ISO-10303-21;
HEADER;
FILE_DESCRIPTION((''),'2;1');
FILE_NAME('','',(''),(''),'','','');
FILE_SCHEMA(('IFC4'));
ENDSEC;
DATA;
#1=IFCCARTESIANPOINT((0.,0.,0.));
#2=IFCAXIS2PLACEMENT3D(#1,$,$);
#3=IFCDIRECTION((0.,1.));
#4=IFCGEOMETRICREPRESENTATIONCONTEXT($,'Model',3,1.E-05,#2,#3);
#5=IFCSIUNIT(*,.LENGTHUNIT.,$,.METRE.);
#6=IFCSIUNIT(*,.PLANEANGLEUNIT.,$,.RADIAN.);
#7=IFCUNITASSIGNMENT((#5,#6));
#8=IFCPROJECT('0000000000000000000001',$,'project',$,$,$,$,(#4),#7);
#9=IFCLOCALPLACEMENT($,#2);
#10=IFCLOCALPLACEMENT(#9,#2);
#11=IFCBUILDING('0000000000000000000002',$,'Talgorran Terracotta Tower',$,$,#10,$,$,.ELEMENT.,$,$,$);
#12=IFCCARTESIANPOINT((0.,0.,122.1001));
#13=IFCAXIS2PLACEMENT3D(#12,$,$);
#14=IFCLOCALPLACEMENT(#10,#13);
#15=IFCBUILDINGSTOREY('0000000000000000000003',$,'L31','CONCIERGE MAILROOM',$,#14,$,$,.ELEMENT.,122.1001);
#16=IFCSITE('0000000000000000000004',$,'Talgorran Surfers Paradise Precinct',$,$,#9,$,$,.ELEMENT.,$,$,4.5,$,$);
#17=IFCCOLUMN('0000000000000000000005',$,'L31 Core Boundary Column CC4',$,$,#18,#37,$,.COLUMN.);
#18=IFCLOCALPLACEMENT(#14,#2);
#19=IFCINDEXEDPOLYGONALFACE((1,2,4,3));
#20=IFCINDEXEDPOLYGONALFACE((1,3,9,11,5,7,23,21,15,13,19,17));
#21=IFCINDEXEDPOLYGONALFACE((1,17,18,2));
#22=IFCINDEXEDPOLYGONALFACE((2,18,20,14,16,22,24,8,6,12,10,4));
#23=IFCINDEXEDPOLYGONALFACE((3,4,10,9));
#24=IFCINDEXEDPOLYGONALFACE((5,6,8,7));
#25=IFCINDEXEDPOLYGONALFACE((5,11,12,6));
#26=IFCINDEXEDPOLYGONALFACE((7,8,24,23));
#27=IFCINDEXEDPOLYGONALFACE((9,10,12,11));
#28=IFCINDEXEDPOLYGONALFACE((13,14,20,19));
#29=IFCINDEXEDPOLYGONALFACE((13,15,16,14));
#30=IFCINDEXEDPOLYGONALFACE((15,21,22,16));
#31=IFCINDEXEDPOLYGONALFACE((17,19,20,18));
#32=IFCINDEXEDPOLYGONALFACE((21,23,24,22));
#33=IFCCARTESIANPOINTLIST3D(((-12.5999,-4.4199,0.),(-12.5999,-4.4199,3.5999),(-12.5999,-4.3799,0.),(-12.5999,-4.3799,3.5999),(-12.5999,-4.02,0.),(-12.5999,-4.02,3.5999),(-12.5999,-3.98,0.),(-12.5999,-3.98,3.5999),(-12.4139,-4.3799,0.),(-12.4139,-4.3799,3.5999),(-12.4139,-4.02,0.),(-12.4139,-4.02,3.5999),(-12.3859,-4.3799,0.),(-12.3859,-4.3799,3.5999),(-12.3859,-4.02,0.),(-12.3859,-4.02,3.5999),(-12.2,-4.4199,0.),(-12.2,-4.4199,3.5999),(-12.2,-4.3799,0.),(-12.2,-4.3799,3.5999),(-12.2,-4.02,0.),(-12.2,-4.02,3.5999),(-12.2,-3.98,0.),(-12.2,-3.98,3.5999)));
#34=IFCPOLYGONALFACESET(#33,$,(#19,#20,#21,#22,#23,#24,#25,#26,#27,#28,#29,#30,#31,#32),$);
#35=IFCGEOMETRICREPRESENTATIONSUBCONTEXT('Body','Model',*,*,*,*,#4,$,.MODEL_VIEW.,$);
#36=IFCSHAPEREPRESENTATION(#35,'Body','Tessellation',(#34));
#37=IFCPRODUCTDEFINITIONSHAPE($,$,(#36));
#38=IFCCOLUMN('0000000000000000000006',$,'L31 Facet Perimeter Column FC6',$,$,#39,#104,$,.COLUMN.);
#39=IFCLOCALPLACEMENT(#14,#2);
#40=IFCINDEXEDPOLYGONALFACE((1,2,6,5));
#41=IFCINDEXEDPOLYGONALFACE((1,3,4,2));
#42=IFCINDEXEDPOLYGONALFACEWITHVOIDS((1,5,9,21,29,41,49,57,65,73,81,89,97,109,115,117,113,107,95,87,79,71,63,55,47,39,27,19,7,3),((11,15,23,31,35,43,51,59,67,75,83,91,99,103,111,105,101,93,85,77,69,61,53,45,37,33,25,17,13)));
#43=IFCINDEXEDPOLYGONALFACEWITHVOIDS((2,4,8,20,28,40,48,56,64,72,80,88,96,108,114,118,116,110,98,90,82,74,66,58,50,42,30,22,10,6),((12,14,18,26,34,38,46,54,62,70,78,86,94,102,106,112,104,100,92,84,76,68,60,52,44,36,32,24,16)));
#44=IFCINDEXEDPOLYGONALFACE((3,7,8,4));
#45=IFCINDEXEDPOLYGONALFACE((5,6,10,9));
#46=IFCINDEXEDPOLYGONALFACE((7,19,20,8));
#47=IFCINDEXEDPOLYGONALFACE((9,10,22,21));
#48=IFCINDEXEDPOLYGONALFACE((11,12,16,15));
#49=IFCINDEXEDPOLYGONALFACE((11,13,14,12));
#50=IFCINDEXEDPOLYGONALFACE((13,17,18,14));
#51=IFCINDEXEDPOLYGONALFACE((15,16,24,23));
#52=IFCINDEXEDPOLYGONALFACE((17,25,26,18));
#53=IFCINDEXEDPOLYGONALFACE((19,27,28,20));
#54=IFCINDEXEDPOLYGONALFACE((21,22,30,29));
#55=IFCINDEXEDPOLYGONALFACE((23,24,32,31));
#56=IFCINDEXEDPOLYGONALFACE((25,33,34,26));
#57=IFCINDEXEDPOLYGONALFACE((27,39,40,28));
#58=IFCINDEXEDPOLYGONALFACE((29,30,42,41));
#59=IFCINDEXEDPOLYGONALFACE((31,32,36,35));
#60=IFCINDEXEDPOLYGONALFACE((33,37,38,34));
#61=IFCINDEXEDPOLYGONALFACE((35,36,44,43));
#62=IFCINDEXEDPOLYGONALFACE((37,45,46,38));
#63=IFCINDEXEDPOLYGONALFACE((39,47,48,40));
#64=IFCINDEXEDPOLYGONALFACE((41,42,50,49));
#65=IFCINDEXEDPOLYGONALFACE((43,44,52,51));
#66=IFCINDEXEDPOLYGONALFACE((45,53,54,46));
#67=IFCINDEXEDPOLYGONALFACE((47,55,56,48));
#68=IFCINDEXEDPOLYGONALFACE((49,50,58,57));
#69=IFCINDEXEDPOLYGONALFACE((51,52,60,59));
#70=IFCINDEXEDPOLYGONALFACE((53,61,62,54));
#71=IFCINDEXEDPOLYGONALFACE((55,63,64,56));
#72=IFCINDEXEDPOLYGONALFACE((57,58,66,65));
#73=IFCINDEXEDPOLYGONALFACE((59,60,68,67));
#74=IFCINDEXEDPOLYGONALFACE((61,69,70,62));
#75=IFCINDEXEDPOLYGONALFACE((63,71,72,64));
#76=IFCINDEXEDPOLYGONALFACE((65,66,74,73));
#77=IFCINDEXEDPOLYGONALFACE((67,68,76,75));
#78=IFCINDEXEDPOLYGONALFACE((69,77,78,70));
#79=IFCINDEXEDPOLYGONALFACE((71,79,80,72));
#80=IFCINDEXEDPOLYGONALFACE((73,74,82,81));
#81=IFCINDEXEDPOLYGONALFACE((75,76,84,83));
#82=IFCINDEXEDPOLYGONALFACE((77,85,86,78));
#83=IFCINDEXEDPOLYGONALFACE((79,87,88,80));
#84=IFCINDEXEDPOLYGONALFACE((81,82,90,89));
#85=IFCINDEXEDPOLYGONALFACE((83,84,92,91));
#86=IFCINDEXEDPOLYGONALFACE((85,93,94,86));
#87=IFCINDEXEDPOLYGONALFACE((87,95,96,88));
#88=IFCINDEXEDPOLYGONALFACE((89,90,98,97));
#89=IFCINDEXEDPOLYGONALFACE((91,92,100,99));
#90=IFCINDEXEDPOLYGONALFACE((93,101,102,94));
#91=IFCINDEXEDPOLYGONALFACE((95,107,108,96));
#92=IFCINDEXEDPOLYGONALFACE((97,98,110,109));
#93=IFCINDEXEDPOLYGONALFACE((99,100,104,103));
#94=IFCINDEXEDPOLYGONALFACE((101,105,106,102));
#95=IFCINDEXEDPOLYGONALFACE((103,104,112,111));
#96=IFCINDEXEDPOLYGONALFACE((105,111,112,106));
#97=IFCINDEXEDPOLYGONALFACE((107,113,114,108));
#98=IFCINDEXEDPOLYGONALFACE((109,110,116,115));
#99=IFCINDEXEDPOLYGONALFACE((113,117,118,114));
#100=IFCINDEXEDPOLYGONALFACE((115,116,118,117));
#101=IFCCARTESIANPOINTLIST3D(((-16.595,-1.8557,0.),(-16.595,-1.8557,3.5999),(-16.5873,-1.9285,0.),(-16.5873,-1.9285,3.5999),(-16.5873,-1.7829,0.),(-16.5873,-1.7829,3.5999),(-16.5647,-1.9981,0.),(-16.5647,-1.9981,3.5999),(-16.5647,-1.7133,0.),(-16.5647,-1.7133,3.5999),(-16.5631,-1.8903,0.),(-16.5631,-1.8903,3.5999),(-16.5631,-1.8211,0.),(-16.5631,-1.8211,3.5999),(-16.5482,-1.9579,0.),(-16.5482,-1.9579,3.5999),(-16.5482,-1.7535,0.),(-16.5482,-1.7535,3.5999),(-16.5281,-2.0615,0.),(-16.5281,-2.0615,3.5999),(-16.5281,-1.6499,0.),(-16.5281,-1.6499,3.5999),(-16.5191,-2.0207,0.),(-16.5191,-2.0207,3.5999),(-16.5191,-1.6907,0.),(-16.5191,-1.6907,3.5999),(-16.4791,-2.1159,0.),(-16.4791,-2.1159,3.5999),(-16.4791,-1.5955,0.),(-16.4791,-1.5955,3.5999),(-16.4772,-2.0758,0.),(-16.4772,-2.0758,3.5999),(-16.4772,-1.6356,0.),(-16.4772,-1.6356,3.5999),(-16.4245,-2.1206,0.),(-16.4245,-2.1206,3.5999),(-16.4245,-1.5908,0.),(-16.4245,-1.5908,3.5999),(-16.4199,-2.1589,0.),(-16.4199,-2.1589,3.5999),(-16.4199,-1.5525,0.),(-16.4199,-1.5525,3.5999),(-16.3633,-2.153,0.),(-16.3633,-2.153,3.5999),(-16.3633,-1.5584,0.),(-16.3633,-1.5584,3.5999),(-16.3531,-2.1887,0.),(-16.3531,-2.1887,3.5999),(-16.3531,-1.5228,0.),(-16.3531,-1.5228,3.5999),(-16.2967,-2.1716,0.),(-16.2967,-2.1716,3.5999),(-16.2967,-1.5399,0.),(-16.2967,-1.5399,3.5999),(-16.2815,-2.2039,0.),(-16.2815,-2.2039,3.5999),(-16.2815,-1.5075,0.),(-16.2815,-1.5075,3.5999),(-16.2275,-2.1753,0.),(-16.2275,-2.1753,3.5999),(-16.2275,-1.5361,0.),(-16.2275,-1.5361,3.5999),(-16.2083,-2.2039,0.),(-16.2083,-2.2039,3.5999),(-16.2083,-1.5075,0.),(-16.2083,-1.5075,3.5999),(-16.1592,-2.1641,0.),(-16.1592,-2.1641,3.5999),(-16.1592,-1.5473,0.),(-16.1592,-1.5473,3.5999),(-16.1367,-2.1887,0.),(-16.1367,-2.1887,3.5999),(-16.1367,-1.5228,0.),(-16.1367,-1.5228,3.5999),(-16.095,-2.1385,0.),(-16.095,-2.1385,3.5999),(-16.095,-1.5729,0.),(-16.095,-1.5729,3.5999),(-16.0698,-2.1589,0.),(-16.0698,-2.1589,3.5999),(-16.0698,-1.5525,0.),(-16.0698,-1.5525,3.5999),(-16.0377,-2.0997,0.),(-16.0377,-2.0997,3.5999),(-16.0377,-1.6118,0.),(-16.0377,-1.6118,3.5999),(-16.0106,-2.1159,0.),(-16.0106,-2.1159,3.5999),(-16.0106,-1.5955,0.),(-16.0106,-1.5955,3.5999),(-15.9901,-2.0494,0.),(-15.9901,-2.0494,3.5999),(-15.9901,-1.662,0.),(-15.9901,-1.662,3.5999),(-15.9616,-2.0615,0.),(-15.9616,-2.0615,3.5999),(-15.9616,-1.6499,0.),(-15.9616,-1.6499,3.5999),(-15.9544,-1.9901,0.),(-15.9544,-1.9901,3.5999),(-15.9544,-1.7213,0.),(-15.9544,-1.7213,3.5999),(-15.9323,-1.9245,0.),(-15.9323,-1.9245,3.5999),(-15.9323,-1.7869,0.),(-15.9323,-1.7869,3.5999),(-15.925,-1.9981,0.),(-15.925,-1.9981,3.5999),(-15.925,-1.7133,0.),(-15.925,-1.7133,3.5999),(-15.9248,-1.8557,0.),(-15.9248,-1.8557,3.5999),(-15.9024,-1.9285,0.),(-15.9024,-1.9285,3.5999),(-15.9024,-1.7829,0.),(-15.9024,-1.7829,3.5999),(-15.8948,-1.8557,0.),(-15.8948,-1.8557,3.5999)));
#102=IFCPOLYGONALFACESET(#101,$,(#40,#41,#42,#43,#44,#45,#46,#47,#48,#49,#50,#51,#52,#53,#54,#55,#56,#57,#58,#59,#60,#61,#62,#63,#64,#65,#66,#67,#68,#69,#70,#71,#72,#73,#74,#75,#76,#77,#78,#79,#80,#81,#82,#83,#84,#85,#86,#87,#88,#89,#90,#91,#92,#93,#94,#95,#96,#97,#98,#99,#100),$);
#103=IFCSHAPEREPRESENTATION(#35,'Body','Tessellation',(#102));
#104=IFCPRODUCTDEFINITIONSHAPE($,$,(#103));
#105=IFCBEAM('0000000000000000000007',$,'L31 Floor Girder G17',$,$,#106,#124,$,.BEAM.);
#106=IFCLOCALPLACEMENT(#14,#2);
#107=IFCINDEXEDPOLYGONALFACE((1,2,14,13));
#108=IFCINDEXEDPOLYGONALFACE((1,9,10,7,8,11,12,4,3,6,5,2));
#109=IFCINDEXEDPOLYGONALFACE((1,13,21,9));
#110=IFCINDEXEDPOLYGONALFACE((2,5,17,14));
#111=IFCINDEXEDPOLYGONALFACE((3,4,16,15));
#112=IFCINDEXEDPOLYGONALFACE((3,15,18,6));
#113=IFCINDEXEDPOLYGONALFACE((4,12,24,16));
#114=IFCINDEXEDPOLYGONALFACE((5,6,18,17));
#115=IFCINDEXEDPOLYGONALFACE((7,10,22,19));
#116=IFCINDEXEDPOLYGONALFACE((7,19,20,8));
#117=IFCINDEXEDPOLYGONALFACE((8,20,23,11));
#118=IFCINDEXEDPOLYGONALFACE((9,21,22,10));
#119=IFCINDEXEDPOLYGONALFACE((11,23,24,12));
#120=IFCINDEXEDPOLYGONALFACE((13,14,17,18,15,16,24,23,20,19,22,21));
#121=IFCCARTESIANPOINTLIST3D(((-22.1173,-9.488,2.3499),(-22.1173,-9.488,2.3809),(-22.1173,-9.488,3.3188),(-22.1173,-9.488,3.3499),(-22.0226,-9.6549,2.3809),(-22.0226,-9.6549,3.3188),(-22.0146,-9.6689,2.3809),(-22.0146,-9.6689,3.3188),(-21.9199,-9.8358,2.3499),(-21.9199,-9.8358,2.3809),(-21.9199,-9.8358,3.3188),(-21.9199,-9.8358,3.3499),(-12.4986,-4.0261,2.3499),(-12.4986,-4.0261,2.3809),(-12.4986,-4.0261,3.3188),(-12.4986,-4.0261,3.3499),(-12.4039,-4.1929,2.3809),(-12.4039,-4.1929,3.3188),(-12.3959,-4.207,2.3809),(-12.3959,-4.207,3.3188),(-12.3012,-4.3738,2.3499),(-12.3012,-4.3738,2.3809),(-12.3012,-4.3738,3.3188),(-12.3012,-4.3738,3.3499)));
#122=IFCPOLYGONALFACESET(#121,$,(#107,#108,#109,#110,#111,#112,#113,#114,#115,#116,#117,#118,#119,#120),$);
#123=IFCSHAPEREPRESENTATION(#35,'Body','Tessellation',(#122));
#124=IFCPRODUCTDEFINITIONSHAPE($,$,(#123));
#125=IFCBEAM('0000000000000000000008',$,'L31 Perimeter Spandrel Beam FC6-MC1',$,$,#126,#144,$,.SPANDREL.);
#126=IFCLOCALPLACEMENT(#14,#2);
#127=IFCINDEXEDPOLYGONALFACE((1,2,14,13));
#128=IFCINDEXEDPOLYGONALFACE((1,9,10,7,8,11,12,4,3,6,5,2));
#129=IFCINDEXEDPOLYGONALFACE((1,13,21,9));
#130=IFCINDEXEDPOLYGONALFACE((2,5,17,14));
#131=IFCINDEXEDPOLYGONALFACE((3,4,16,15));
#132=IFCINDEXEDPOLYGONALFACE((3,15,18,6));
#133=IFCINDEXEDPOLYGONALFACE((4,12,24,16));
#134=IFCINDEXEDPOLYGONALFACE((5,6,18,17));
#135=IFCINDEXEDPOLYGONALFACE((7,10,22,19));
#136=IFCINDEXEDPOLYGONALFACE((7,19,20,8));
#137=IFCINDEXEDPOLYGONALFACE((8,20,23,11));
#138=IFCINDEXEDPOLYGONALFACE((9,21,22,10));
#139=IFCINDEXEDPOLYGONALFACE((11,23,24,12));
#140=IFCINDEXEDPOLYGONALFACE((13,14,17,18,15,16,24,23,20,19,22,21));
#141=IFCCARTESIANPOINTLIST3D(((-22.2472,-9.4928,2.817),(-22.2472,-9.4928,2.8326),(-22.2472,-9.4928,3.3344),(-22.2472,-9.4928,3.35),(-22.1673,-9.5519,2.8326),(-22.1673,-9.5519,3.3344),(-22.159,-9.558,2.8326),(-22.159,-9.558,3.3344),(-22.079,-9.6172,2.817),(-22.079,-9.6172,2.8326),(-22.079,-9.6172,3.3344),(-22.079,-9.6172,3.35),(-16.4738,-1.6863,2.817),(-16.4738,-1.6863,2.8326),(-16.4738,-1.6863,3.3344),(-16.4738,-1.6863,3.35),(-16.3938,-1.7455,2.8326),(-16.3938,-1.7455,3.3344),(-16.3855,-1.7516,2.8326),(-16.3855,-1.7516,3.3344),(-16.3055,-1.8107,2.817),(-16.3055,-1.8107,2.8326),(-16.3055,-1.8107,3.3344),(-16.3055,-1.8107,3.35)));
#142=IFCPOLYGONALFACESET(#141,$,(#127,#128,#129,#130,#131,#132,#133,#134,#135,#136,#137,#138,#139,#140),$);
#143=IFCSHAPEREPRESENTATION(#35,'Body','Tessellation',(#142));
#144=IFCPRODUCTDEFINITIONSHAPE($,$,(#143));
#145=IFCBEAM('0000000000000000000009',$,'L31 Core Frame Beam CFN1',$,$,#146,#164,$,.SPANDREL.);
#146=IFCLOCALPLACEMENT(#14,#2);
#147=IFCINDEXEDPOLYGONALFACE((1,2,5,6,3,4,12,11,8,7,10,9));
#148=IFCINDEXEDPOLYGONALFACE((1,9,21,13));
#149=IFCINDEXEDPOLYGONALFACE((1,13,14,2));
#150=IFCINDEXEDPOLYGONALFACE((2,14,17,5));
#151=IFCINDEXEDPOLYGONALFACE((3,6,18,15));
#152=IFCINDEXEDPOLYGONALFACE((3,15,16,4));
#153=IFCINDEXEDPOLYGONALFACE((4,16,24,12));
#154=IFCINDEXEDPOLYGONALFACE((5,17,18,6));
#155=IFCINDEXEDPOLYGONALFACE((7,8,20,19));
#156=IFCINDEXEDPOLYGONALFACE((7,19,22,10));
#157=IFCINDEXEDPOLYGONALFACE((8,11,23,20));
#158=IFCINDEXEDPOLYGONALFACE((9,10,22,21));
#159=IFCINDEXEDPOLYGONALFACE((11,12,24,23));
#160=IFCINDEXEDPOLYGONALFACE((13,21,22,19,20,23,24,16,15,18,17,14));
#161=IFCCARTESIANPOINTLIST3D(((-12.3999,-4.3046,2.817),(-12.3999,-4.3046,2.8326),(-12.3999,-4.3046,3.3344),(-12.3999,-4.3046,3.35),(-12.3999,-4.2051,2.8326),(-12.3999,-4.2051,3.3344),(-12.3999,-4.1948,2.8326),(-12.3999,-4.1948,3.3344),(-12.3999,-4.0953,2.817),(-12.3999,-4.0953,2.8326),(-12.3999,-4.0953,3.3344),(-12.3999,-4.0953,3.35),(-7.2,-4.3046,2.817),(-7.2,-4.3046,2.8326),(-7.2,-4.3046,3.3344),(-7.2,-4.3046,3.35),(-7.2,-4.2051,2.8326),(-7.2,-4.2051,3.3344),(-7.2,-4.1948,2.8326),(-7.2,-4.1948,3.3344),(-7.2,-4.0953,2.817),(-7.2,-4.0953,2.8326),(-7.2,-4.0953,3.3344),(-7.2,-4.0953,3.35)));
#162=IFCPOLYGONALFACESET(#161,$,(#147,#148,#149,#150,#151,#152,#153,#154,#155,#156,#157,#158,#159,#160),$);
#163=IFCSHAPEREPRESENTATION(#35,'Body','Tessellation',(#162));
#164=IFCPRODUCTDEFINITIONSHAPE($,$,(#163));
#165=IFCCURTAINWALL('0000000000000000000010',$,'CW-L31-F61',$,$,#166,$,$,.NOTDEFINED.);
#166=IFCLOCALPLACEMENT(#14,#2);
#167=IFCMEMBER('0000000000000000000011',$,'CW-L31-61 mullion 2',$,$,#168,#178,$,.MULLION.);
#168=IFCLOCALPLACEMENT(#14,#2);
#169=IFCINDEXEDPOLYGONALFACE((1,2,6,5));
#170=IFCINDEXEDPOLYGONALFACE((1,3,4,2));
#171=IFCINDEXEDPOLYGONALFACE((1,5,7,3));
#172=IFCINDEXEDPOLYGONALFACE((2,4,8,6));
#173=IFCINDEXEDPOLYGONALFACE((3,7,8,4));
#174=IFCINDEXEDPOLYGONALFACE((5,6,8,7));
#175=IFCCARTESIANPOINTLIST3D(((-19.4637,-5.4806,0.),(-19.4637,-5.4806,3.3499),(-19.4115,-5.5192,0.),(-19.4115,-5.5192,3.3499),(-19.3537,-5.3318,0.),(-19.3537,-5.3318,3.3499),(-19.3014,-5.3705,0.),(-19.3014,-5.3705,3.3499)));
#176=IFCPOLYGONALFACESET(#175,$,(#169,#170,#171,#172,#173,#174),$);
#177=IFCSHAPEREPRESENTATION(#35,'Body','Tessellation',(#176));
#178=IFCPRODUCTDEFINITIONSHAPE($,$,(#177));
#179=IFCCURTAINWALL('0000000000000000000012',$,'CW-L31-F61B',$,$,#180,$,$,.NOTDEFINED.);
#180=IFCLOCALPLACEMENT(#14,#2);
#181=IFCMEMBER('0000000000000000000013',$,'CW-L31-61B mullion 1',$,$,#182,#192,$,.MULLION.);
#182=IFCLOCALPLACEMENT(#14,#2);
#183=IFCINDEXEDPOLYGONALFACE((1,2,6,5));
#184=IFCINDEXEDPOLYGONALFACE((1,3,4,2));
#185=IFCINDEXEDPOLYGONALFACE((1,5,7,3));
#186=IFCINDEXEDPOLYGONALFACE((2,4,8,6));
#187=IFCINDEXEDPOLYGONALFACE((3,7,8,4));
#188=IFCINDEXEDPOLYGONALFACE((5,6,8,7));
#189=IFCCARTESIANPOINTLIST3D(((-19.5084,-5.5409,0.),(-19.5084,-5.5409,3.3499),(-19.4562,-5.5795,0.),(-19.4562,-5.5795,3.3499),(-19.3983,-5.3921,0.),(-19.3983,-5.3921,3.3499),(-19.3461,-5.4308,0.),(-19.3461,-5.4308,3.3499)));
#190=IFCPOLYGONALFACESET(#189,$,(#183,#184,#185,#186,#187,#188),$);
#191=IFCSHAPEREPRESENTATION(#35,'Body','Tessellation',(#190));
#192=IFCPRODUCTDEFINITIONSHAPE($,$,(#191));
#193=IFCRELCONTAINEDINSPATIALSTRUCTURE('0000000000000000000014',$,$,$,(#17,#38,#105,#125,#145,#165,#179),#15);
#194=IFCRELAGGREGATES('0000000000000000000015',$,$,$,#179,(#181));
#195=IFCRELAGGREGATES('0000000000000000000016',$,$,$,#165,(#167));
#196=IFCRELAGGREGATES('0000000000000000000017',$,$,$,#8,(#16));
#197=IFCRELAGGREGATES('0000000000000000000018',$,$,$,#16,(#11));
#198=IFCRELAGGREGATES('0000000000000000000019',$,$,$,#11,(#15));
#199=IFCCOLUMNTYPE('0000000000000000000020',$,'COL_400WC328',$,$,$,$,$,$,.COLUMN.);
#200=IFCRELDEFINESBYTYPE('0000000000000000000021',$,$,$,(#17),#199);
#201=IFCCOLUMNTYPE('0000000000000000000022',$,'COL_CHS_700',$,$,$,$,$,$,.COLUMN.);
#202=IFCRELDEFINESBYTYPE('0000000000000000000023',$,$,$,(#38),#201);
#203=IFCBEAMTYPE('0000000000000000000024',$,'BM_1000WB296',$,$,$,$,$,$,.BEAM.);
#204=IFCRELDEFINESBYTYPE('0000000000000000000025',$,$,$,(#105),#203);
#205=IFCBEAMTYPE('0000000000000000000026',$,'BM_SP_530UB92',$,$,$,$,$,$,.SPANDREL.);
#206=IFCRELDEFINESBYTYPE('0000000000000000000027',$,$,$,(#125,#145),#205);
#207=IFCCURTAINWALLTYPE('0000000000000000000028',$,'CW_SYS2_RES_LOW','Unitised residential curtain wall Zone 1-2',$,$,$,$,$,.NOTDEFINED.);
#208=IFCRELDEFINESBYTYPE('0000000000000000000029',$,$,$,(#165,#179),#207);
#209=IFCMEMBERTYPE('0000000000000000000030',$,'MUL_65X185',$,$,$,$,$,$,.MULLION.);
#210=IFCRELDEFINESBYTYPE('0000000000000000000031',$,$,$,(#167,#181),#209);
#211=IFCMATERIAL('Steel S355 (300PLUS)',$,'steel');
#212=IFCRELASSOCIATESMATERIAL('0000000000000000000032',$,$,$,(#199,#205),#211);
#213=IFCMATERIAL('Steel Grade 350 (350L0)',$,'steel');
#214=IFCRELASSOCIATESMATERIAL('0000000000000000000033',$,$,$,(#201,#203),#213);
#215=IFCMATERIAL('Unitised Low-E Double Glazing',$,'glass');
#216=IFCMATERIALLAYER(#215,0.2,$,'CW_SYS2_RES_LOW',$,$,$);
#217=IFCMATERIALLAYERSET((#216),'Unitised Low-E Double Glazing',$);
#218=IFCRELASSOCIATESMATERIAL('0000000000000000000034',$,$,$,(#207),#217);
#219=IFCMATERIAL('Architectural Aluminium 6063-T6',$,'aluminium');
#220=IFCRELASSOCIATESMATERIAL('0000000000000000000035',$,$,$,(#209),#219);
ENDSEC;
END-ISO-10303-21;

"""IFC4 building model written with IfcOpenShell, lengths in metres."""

from ifc_helpers import new_model, si_unit, direction, frame, origin, origin_2d, place, context, subcontext, project, spatial, rectangle, hollow_circle, i_section, extrude, material, layer, layer_set, material_profile, profile_set, type_object, element, aggregate, save


model = new_model("IFC4")

# Units and contexts
model_context = context("Model", 3, precision=1e-05, world=origin(), true_north=direction((0.0, 1.0)))
body_context = subcontext(model_context, "Body", "Model", "MODEL_VIEW")
ifc_project = project(units=[si_unit("LENGTHUNIT", "METRE"), si_unit("PLANEANGLEUNIT", "RADIAN")], contexts=[model_context])

# Site, building, storey
site_placement = place(None, origin())
site = spatial("IfcSite", under=ifc_project, at=site_placement, Name="Talgorran Surfers Paradise Precinct", CompositionType="ELEMENT", RefElevation=4.5)
building_placement = place(site_placement, origin())
building = spatial("IfcBuilding", under=site, at=building_placement, Name="Talgorran Terracotta Tower", CompositionType="ELEMENT")
storey_placement = place(building_placement, frame((0.0, 0.0, 122.1001)))
storey = spatial("IfcBuildingStorey", under=building, at=storey_placement, Name="L31", Description="CONCIERGE MAILROOM", CompositionType="ELEMENT", Elevation=122.1001)

# Columns
ifc_material_1 = material(Name="Steel S355 (300PLUS)", Category="steel")
ifc_material_profile_1 = material_profile(ifc_material_1, i_section(OverallWidth=0.3999, OverallDepth=0.4399, WebThickness=0.0281, FlangeThickness=0.04, at=origin_2d()), Name="400WC328")
ifc_profile_set_1 = profile_set([ifc_material_profile_1], Name="Steel S355 (300PLUS)")
column_type_1 = type_object("IfcColumnType", Name="COL_400WC328", PredefinedType="COLUMN", material=ifc_profile_set_1)
column_1_placement = place(storey_placement, frame((-12.3999, -4.2, 0.0), z_axis=(0.0, 0.0, 1.0), x_axis=(1.0, 0.0, 0.0)))
element("IfcColumn", 1, at=column_1_placement, inside=storey, type_object=column_type_1, Name="L31 Core Boundary Column CC4", PredefinedType="COLUMN", context=body_context, shape_type="SweptSolid", body=[
    extrude(i_section(OverallWidth=0.3999, OverallDepth=0.4399, WebThickness=0.0281, FlangeThickness=0.04, at=origin_2d()), origin(), (0.0, 0.0, 1.0), 3.5999),
])
ifc_material_2 = material(Name="Steel Grade 350 (350L0)", Category="steel")
ifc_material_profile_2 = material_profile(ifc_material_2, hollow_circle(Radius=0.3501, WallThickness=0.03, at=origin_2d()), Name="CHS700X30")
ifc_profile_set_2 = profile_set([ifc_material_profile_2], Name="Steel Grade 350 (350L0)")
column_type_2 = type_object("IfcColumnType", Name="COL_CHS_700", PredefinedType="COLUMN", material=ifc_profile_set_2)
column_2_placement = place(storey_placement, frame((-16.2449, -1.8557, 0.0), z_axis=(0.0, 0.0, 1.0), x_axis=(1.0, 0.0, 0.0)))
element("IfcColumn", 2, at=column_2_placement, inside=storey, type_object=column_type_2, Name="L31 Facet Perimeter Column FC6", PredefinedType="COLUMN", context=body_context, shape_type="SweptSolid", body=[
    extrude(hollow_circle(Radius=0.3501, WallThickness=0.03, at=origin_2d()), origin(), (0.0, 0.0, 1.0), 3.5999),
])

# Beams
ifc_material_profile_3 = material_profile(ifc_material_2, i_section(OverallWidth=0.3999, OverallDepth=1.0, WebThickness=0.0161, FlangeThickness=0.031, at=origin_2d()), Name="1000WB296")
ifc_profile_set_3 = profile_set([ifc_material_profile_3], Name="Steel Grade 350 (350L0)")
beam_type_1 = type_object("IfcBeamType", Name="BM_1000WB296", PredefinedType="BEAM", material=ifc_profile_set_3)
beam_1_placement = place(storey_placement, frame((-12.3999, -4.2, 2.8499), z_axis=(-0.869582, -0.493789, 0.0), x_axis=(0.493789, -0.869582, 0.0)))
element("IfcBeam", 3, at=beam_1_placement, inside=storey, type_object=beam_type_1, Name="L31 Floor Girder G17", PredefinedType="BEAM", context=body_context, shape_type="SweptSolid", body=[
    extrude(i_section(OverallWidth=0.3999, OverallDepth=1.0, WebThickness=0.0161, FlangeThickness=0.031, at=origin_2d()), origin(), (0.0, 0.0, 1.0), 11.0613),
])
ifc_material_profile_4 = material_profile(ifc_material_1, i_section(OverallWidth=0.2092, OverallDepth=0.533, WebThickness=0.0103, FlangeThickness=0.0156, at=origin_2d()), Name="530UB92.4")
ifc_profile_set_4 = profile_set([ifc_material_profile_4], Name="Steel S355 (300PLUS)")
beam_type_2 = type_object("IfcBeamType", Name="BM_SP_530UB92", PredefinedType="SPANDREL", material=ifc_profile_set_4)
beam_2_placement = place(storey_placement, frame((-16.3896, -1.7485, 3.0835), z_axis=(-0.594624, -0.804004, 0.0), x_axis=(0.804004, -0.594624, 0.0)))
element("IfcBeam", 4, at=beam_2_placement, inside=storey, type_object=beam_type_2, Name="L31 Perimeter Spandrel Beam FC6-MC1", PredefinedType="SPANDREL", context=body_context, shape_type="SweptSolid", body=[
    extrude(i_section(OverallWidth=0.2092, OverallDepth=0.533, WebThickness=0.0103, FlangeThickness=0.0156, at=origin_2d()), origin(), (0.0, 0.0, 1.0), 9.7095),
])
beam_3_placement = place(storey_placement, frame((-12.3999, -4.2, 3.0835), z_axis=(1.0, 0.0, 0.0), x_axis=(0.0, 1.0, 0.0)))
element("IfcBeam", 5, at=beam_3_placement, inside=storey, type_object=beam_type_2, Name="L31 Core Frame Beam CFN1", PredefinedType="SPANDREL", context=body_context, shape_type="SweptSolid", body=[
    extrude(i_section(OverallWidth=0.2092, OverallDepth=0.533, WebThickness=0.0103, FlangeThickness=0.0156, at=origin_2d()), origin(), (0.0, 0.0, 1.0), 5.2),
])

# Curtain wall, member
ifc_material_3 = material(Name="Unitised Low-E Double Glazing", Category="glass")
ifc_layer_1 = layer(ifc_material_3, 0.2, Name="CW_SYS2_RES_LOW")
ifc_layer_set_1 = layer_set([ifc_layer_1], Name="Unitised Low-E Double Glazing")
curtain_wall_type = type_object("IfcCurtainWallType", Name="CW_SYS2_RES_LOW", Description="Unitised residential curtain wall Zone 1-2", PredefinedType="NOTDEFINED", material=ifc_layer_set_1)
curtain_wall_1_placement = place(storey_placement, origin())
curtain_wall_1 = element("IfcCurtainWall", 6, at=curtain_wall_1_placement, inside=storey, type_object=curtain_wall_type, Name="CW-L31-F61", PredefinedType="NOTDEFINED")
ifc_material_4 = material(Name="Architectural Aluminium 6063-T6", Category="aluminium")
ifc_material_profile_5 = material_profile(ifc_material_4, rectangle(XDim=0.0649, YDim=0.1851, at=origin_2d()), Name="CWM65X185")
ifc_profile_set_5 = profile_set([ifc_material_profile_5], Name="Architectural Aluminium 6063-T6")
member_type_1 = type_object("IfcMemberType", Name="MUL_65X185", PredefinedType="MULLION", material=ifc_profile_set_5)
member_1_placement = place(storey_placement, frame((-19.3826, -5.4255, 0.0), z_axis=(0.0, 0.0, 1.0), x_axis=(0.803997, -0.594633, 0.0)))
member_1 = element("IfcMember", 7, at=member_1_placement, type_object=member_type_1, Name="CW-L31-61 mullion 2", PredefinedType="MULLION", context=body_context, shape_type="SweptSolid", body=[
    extrude(rectangle(XDim=0.0649, YDim=0.1851, at=origin_2d()), origin(), (0.0, 0.0, 1.0), 3.3499),
])

# Curtain wall, member
curtain_wall_2_placement = place(storey_placement, origin())
curtain_wall_2 = element("IfcCurtainWall", 8, at=curtain_wall_2_placement, inside=storey, type_object=curtain_wall_type, Name="CW-L31-F61B", PredefinedType="NOTDEFINED")
member_2_placement = place(storey_placement, frame((-19.4272, -5.4858, 0.0), z_axis=(0.0, 0.0, 1.0), x_axis=(0.803994, -0.594637, 0.0)))
member_2 = element("IfcMember", 9, at=member_2_placement, type_object=member_type_1, Name="CW-L31-61B mullion 1", PredefinedType="MULLION", context=body_context, shape_type="SweptSolid", body=[
    extrude(rectangle(XDim=0.0649, YDim=0.1851, at=origin_2d()), origin(), (0.0, 0.0, 1.0), 3.3499),
])
aggregate(curtain_wall_2, [member_2])

aggregate(curtain_wall_1, [member_1])

save(model, "model.ifc")
